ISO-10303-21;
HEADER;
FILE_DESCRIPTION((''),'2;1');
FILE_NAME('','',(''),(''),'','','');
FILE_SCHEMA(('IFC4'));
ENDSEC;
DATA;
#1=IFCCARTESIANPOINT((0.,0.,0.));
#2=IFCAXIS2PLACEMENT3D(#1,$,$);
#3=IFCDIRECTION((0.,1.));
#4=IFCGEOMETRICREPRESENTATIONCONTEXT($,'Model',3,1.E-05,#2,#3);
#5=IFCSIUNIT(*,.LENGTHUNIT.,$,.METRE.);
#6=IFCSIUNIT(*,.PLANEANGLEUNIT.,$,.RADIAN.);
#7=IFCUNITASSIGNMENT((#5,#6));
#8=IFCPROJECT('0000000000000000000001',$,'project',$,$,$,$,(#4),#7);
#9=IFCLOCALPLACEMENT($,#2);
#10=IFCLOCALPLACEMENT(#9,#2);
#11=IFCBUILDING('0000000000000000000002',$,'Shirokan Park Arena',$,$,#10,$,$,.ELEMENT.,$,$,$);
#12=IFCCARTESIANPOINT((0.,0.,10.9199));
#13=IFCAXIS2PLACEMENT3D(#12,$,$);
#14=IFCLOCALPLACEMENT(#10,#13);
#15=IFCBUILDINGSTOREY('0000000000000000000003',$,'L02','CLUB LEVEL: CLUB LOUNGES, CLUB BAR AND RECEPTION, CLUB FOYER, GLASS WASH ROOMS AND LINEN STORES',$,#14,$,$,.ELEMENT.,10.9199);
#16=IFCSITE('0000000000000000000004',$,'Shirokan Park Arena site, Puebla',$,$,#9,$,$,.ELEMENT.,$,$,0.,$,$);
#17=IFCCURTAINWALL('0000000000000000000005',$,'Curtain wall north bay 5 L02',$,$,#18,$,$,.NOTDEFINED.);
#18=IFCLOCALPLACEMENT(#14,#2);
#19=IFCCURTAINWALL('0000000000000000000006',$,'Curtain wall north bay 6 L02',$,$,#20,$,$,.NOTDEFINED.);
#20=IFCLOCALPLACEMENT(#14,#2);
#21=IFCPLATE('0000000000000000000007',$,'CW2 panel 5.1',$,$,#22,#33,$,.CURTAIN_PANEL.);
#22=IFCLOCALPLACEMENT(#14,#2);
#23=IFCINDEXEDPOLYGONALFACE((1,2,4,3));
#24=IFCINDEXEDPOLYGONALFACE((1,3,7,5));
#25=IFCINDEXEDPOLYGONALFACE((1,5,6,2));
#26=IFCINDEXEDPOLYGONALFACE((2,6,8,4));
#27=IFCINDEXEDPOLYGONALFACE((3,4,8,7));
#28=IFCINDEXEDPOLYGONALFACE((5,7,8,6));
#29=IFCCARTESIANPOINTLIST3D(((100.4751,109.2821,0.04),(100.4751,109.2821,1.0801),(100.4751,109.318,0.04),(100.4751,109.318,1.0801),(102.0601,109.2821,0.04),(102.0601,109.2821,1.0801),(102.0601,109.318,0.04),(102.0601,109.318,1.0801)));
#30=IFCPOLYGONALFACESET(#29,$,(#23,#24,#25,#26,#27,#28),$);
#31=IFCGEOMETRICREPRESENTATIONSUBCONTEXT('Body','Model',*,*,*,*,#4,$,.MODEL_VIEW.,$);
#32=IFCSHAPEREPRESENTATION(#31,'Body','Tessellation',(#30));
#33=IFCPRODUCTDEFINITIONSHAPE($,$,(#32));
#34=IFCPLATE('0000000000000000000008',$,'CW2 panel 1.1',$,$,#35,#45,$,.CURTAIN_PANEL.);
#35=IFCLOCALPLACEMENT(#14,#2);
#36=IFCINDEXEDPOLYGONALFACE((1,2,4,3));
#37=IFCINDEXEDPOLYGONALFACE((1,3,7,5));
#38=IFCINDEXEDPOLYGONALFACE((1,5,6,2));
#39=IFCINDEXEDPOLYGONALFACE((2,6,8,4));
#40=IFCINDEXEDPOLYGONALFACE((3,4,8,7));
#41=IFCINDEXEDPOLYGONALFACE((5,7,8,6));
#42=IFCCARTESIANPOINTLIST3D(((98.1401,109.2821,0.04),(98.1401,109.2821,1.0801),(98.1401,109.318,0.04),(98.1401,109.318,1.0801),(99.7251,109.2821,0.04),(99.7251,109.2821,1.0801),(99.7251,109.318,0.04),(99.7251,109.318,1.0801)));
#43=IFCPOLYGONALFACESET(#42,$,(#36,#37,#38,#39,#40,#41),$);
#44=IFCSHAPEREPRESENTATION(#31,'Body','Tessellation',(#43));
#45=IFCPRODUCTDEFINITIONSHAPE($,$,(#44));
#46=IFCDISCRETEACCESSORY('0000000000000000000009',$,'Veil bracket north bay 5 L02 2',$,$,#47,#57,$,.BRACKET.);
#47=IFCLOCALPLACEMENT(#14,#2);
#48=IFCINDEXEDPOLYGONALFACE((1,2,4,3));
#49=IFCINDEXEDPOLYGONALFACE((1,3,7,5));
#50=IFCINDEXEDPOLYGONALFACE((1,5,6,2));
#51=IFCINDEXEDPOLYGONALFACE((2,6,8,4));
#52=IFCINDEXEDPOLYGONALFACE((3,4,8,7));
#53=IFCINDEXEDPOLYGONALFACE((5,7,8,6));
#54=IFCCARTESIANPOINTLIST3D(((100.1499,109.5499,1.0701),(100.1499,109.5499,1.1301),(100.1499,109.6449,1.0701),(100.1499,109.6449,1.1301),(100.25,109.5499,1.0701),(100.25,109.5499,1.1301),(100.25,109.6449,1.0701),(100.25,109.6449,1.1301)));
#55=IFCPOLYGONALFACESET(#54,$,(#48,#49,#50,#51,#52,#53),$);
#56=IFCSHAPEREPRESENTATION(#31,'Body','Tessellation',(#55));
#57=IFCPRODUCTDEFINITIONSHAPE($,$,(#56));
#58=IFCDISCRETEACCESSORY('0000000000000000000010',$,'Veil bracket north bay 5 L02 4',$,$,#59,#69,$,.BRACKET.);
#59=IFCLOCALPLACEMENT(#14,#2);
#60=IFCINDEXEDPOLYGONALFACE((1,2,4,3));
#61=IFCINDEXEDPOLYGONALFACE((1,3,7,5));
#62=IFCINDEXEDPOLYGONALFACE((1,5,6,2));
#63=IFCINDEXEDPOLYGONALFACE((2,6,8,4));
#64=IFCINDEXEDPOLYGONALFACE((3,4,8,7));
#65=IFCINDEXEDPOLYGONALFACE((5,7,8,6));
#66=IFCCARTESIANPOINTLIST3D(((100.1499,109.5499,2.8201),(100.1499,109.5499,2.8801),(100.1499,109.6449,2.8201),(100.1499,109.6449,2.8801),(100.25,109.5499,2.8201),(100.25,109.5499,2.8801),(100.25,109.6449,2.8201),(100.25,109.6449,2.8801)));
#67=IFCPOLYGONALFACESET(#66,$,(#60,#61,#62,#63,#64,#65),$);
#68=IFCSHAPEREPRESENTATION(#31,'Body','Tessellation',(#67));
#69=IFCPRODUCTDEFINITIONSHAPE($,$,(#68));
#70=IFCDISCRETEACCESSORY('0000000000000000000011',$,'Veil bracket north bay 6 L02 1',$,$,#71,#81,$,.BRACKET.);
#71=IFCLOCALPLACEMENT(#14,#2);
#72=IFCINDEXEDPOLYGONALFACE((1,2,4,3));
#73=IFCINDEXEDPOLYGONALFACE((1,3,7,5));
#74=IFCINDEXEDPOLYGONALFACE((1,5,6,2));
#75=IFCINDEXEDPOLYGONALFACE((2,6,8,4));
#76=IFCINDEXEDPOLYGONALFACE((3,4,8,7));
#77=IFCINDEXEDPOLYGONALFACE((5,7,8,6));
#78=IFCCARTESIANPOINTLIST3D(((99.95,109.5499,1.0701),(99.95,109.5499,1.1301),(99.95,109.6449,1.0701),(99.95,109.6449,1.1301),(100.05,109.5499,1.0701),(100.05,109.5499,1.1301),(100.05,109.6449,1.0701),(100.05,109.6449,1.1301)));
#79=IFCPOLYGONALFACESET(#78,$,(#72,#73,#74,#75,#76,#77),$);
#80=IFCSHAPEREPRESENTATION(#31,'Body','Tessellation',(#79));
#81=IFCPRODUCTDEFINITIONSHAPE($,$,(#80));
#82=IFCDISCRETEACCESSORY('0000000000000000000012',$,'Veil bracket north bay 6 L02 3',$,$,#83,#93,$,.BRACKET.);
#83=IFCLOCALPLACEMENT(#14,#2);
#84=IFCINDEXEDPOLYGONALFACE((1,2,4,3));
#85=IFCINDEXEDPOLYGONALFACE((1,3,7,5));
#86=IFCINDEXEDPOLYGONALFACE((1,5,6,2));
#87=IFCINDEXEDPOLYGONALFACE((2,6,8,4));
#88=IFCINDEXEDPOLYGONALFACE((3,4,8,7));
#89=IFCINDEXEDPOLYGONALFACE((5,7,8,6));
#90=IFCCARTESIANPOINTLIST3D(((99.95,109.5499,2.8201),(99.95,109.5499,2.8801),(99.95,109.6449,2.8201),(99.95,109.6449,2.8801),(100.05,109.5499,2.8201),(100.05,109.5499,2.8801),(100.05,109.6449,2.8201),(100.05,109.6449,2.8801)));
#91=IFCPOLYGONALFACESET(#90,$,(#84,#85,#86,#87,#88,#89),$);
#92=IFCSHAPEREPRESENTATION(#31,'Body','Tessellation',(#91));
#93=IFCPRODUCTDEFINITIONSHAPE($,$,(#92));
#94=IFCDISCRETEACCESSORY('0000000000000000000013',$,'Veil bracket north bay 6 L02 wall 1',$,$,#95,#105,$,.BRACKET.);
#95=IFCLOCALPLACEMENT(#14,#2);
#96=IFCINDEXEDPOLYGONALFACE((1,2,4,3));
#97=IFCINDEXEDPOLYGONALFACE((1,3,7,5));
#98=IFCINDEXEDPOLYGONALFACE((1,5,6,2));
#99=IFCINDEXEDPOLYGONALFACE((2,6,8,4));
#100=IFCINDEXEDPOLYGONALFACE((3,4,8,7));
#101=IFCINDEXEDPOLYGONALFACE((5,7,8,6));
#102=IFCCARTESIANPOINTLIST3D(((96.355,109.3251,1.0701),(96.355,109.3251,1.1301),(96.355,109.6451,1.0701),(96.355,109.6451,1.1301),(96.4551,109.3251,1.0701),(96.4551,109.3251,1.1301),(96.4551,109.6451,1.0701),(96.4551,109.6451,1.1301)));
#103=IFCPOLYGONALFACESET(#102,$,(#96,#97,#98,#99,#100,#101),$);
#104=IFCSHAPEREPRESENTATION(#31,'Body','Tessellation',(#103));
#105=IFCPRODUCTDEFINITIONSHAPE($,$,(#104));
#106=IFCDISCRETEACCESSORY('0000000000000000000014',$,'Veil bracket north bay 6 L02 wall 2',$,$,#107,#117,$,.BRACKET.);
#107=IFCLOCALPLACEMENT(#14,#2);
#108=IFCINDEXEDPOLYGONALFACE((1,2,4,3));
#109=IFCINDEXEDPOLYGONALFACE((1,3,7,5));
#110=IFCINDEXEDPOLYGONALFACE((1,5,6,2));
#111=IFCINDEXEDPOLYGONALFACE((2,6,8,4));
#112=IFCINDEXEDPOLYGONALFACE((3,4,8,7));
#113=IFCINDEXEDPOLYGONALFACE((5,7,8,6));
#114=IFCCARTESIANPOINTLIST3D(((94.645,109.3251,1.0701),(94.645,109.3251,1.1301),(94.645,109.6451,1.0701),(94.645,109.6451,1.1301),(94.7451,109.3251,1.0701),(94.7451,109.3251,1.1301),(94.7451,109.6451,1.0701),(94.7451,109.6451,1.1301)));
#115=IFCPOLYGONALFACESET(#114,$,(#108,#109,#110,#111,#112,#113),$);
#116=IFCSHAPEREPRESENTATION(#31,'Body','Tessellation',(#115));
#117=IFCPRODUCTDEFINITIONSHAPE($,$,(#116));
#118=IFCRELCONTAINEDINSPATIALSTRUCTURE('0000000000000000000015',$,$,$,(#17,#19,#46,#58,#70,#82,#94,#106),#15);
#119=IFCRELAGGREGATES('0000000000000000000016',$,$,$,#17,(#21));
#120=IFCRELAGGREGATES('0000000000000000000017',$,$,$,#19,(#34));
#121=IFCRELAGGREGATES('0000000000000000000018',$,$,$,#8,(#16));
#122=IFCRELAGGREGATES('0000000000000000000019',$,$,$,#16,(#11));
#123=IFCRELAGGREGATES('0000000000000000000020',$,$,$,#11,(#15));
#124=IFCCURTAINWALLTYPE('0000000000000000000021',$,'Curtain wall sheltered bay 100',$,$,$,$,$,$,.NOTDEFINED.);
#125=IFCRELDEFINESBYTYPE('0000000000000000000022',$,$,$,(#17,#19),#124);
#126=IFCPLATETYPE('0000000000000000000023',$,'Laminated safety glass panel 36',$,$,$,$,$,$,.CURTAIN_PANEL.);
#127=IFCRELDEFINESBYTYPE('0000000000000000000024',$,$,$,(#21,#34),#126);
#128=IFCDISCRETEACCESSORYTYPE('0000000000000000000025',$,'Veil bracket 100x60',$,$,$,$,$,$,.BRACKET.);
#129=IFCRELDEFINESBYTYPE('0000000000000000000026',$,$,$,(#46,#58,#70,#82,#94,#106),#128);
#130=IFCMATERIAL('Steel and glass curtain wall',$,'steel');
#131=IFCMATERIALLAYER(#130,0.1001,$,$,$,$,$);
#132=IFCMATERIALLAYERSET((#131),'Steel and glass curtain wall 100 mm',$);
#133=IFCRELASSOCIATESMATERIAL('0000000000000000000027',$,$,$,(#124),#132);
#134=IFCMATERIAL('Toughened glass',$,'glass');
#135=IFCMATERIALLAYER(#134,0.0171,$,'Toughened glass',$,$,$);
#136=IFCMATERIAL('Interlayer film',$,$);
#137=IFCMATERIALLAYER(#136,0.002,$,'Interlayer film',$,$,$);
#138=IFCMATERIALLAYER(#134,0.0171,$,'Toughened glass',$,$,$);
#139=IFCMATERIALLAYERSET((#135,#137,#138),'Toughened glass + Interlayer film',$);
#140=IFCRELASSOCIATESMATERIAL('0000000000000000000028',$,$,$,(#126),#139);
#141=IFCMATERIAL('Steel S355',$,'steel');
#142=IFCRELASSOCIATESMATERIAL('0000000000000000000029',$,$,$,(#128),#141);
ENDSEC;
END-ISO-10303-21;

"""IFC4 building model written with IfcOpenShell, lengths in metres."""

from ifc_helpers import new_model, si_unit, direction, frame, origin, origin_2d, place, context, subcontext, project, spatial, rectangle, extrude, material, layer, layer_set, type_object, element, aggregate, save


model = new_model("IFC4")

# Units and contexts
model_context = context("Model", 3, precision=1e-05, world=origin(), true_north=direction((0.0, 1.0)))
body_context = subcontext(model_context, "Body", "Model", "MODEL_VIEW")
ifc_project = project(units=[si_unit("LENGTHUNIT", "METRE"), si_unit("PLANEANGLEUNIT", "RADIAN")], contexts=[model_context])

# Site, building, storey
site_placement = place(None, origin())
site = spatial("IfcSite", under=ifc_project, at=site_placement, Name="Shirokan Park Arena site, Puebla", CompositionType="ELEMENT", RefElevation=0.0)
building_placement = place(site_placement, origin())
building = spatial("IfcBuilding", under=site, at=building_placement, Name="Shirokan Park Arena", CompositionType="ELEMENT")
storey_placement = place(building_placement, frame((0.0, 0.0, 10.9199)))
storey = spatial("IfcBuildingStorey", under=building, at=storey_placement, Name="L02", Description="CLUB LEVEL: CLUB LOUNGES, CLUB BAR AND RECEPTION, CLUB FOYER, GLASS WASH ROOMS AND LINEN STORES", CompositionType="ELEMENT", Elevation=10.9199)

# Curtain walls
ifc_material_1 = material(Name="Steel and glass curtain wall", Category="steel")
ifc_layer_1 = layer(ifc_material_1, 0.1001)
ifc_layer_set_1 = layer_set([ifc_layer_1], Name="Steel and glass curtain wall 100 mm")
curtain_wall_type = type_object("IfcCurtainWallType", Name="Curtain wall sheltered bay 100", PredefinedType="NOTDEFINED", material=ifc_layer_set_1)
curtain_wall_1_placement = place(storey_placement, origin())
curtain_wall_1 = element("IfcCurtainWall", 1, at=curtain_wall_1_placement, inside=storey, type_object=curtain_wall_type, Name="Curtain wall north bay 5 L02", PredefinedType="NOTDEFINED")
ifc_material_2 = material(Name="Steel S355", Category="steel")
curtain_wall_2_placement = place(storey_placement, origin())
curtain_wall_2 = element("IfcCurtainWall", 2, at=curtain_wall_2_placement, inside=storey, type_object=curtain_wall_type, Name="Curtain wall north bay 6 L02", PredefinedType="NOTDEFINED")

# Plates
ifc_material_3 = material(Name="Toughened glass", Category="glass")
ifc_material_4 = material(Name="Interlayer film")
ifc_layer_2 = layer(ifc_material_3, 0.0171, Name="Toughened glass")
ifc_layer_3 = layer(ifc_material_4, 0.002, Name="Interlayer film")
ifc_layer_4 = layer(ifc_material_3, 0.0171, Name="Toughened glass")
ifc_layer_set_2 = layer_set([ifc_layer_2, ifc_layer_3, ifc_layer_4], Name="Toughened glass + Interlayer film")
plate_type_1 = type_object("IfcPlateType", Name="Laminated safety glass panel 36", PredefinedType="CURTAIN_PANEL", material=ifc_layer_set_2)
plate_1_placement = place(storey_placement, frame((101.2676, 109.3, 0.04), z_axis=(0.0, 0.0, 1.0), x_axis=(-1.0, 0.0, 0.0)))
plate_1 = element("IfcPlate", 3, at=plate_1_placement, type_object=plate_type_1, Name="CW2 panel 5.1", PredefinedType="CURTAIN_PANEL", context=body_context, shape_type="SweptSolid", body=[
    extrude(rectangle(XDim=1.585, YDim=0.0359, at=origin_2d()), origin(), (0.0, 0.0, 1.0), 1.04),
])
aggregate(curtain_wall_1, [plate_1])
plate_2_placement = place(storey_placement, frame((98.9326, 109.3, 0.04), z_axis=(0.0, 0.0, 1.0), x_axis=(-1.0, 0.0, 0.0)))
plate_2 = element("IfcPlate", 4, at=plate_2_placement, type_object=plate_type_1, Name="CW2 panel 1.1", PredefinedType="CURTAIN_PANEL", context=body_context, shape_type="SweptSolid", body=[
    extrude(rectangle(XDim=1.585, YDim=0.0359, at=origin_2d()), origin(), (0.0, 0.0, 1.0), 1.04),
])
aggregate(curtain_wall_2, [plate_2])

# Discrete accessories
discrete_accessory_type = type_object("IfcDiscreteAccessoryType", Name="Veil bracket 100x60", PredefinedType="BRACKET", material=ifc_material_2)
for number, where, z_axis, x_axis, name in (
    (5, (100.2, 109.5974, 1.0701), (0.0, 0.0, 1.0), (-1.0, 0.0, 0.0), "Veil bracket north bay 5 L02 2"),
    (6, (100.2, 109.5974, 2.8201), (0.0, 0.0, 1.0), (-1.0, 0.0, 0.0), "Veil bracket north bay 5 L02 4"),
    (7, (100.0, 109.5974, 1.0701), (0.0, 0.0, 1.0), (-1.0, 0.0, 0.0), "Veil bracket north bay 6 L02 1"),
    (8, (100.0, 109.5974, 2.8201), (0.0, 0.0, 1.0), (-1.0, 0.0, 0.0), "Veil bracket north bay 6 L02 3"),
):
    element("IfcDiscreteAccessory", number, at=place(storey_placement, frame(where, z_axis=z_axis, x_axis=x_axis)), inside=storey, type_object=discrete_accessory_type, Name=name, PredefinedType="BRACKET", context=body_context, shape_type="SweptSolid", body=[
        extrude(rectangle(XDim=0.1001, YDim=0.095, at=origin_2d()), origin(), (0.0, 0.0, 1.0), 0.0601),
    ])
for number, where, z_axis, x_axis, name in (
    (9, (96.405, 109.4851, 1.0701), (0.0, 0.0, 1.0), (-1.0, 0.0, 0.0), "Veil bracket north bay 6 L02 wall 1"),
    (10, (94.6951, 109.4851, 1.0701), (0.0, 0.0, 1.0), (-1.0, 0.0, 0.0), "Veil bracket north bay 6 L02 wall 2"),
):
    element("IfcDiscreteAccessory", number, at=place(storey_placement, frame(where, z_axis=z_axis, x_axis=x_axis)), inside=storey, type_object=discrete_accessory_type, Name=name, PredefinedType="BRACKET", context=body_context, shape_type="SweptSolid", body=[
        extrude(rectangle(XDim=0.1001, YDim=0.3201, at=origin_2d()), origin(), (0.0, 0.0, 1.0), 0.0601),
    ])

save(model, "model.ifc")
